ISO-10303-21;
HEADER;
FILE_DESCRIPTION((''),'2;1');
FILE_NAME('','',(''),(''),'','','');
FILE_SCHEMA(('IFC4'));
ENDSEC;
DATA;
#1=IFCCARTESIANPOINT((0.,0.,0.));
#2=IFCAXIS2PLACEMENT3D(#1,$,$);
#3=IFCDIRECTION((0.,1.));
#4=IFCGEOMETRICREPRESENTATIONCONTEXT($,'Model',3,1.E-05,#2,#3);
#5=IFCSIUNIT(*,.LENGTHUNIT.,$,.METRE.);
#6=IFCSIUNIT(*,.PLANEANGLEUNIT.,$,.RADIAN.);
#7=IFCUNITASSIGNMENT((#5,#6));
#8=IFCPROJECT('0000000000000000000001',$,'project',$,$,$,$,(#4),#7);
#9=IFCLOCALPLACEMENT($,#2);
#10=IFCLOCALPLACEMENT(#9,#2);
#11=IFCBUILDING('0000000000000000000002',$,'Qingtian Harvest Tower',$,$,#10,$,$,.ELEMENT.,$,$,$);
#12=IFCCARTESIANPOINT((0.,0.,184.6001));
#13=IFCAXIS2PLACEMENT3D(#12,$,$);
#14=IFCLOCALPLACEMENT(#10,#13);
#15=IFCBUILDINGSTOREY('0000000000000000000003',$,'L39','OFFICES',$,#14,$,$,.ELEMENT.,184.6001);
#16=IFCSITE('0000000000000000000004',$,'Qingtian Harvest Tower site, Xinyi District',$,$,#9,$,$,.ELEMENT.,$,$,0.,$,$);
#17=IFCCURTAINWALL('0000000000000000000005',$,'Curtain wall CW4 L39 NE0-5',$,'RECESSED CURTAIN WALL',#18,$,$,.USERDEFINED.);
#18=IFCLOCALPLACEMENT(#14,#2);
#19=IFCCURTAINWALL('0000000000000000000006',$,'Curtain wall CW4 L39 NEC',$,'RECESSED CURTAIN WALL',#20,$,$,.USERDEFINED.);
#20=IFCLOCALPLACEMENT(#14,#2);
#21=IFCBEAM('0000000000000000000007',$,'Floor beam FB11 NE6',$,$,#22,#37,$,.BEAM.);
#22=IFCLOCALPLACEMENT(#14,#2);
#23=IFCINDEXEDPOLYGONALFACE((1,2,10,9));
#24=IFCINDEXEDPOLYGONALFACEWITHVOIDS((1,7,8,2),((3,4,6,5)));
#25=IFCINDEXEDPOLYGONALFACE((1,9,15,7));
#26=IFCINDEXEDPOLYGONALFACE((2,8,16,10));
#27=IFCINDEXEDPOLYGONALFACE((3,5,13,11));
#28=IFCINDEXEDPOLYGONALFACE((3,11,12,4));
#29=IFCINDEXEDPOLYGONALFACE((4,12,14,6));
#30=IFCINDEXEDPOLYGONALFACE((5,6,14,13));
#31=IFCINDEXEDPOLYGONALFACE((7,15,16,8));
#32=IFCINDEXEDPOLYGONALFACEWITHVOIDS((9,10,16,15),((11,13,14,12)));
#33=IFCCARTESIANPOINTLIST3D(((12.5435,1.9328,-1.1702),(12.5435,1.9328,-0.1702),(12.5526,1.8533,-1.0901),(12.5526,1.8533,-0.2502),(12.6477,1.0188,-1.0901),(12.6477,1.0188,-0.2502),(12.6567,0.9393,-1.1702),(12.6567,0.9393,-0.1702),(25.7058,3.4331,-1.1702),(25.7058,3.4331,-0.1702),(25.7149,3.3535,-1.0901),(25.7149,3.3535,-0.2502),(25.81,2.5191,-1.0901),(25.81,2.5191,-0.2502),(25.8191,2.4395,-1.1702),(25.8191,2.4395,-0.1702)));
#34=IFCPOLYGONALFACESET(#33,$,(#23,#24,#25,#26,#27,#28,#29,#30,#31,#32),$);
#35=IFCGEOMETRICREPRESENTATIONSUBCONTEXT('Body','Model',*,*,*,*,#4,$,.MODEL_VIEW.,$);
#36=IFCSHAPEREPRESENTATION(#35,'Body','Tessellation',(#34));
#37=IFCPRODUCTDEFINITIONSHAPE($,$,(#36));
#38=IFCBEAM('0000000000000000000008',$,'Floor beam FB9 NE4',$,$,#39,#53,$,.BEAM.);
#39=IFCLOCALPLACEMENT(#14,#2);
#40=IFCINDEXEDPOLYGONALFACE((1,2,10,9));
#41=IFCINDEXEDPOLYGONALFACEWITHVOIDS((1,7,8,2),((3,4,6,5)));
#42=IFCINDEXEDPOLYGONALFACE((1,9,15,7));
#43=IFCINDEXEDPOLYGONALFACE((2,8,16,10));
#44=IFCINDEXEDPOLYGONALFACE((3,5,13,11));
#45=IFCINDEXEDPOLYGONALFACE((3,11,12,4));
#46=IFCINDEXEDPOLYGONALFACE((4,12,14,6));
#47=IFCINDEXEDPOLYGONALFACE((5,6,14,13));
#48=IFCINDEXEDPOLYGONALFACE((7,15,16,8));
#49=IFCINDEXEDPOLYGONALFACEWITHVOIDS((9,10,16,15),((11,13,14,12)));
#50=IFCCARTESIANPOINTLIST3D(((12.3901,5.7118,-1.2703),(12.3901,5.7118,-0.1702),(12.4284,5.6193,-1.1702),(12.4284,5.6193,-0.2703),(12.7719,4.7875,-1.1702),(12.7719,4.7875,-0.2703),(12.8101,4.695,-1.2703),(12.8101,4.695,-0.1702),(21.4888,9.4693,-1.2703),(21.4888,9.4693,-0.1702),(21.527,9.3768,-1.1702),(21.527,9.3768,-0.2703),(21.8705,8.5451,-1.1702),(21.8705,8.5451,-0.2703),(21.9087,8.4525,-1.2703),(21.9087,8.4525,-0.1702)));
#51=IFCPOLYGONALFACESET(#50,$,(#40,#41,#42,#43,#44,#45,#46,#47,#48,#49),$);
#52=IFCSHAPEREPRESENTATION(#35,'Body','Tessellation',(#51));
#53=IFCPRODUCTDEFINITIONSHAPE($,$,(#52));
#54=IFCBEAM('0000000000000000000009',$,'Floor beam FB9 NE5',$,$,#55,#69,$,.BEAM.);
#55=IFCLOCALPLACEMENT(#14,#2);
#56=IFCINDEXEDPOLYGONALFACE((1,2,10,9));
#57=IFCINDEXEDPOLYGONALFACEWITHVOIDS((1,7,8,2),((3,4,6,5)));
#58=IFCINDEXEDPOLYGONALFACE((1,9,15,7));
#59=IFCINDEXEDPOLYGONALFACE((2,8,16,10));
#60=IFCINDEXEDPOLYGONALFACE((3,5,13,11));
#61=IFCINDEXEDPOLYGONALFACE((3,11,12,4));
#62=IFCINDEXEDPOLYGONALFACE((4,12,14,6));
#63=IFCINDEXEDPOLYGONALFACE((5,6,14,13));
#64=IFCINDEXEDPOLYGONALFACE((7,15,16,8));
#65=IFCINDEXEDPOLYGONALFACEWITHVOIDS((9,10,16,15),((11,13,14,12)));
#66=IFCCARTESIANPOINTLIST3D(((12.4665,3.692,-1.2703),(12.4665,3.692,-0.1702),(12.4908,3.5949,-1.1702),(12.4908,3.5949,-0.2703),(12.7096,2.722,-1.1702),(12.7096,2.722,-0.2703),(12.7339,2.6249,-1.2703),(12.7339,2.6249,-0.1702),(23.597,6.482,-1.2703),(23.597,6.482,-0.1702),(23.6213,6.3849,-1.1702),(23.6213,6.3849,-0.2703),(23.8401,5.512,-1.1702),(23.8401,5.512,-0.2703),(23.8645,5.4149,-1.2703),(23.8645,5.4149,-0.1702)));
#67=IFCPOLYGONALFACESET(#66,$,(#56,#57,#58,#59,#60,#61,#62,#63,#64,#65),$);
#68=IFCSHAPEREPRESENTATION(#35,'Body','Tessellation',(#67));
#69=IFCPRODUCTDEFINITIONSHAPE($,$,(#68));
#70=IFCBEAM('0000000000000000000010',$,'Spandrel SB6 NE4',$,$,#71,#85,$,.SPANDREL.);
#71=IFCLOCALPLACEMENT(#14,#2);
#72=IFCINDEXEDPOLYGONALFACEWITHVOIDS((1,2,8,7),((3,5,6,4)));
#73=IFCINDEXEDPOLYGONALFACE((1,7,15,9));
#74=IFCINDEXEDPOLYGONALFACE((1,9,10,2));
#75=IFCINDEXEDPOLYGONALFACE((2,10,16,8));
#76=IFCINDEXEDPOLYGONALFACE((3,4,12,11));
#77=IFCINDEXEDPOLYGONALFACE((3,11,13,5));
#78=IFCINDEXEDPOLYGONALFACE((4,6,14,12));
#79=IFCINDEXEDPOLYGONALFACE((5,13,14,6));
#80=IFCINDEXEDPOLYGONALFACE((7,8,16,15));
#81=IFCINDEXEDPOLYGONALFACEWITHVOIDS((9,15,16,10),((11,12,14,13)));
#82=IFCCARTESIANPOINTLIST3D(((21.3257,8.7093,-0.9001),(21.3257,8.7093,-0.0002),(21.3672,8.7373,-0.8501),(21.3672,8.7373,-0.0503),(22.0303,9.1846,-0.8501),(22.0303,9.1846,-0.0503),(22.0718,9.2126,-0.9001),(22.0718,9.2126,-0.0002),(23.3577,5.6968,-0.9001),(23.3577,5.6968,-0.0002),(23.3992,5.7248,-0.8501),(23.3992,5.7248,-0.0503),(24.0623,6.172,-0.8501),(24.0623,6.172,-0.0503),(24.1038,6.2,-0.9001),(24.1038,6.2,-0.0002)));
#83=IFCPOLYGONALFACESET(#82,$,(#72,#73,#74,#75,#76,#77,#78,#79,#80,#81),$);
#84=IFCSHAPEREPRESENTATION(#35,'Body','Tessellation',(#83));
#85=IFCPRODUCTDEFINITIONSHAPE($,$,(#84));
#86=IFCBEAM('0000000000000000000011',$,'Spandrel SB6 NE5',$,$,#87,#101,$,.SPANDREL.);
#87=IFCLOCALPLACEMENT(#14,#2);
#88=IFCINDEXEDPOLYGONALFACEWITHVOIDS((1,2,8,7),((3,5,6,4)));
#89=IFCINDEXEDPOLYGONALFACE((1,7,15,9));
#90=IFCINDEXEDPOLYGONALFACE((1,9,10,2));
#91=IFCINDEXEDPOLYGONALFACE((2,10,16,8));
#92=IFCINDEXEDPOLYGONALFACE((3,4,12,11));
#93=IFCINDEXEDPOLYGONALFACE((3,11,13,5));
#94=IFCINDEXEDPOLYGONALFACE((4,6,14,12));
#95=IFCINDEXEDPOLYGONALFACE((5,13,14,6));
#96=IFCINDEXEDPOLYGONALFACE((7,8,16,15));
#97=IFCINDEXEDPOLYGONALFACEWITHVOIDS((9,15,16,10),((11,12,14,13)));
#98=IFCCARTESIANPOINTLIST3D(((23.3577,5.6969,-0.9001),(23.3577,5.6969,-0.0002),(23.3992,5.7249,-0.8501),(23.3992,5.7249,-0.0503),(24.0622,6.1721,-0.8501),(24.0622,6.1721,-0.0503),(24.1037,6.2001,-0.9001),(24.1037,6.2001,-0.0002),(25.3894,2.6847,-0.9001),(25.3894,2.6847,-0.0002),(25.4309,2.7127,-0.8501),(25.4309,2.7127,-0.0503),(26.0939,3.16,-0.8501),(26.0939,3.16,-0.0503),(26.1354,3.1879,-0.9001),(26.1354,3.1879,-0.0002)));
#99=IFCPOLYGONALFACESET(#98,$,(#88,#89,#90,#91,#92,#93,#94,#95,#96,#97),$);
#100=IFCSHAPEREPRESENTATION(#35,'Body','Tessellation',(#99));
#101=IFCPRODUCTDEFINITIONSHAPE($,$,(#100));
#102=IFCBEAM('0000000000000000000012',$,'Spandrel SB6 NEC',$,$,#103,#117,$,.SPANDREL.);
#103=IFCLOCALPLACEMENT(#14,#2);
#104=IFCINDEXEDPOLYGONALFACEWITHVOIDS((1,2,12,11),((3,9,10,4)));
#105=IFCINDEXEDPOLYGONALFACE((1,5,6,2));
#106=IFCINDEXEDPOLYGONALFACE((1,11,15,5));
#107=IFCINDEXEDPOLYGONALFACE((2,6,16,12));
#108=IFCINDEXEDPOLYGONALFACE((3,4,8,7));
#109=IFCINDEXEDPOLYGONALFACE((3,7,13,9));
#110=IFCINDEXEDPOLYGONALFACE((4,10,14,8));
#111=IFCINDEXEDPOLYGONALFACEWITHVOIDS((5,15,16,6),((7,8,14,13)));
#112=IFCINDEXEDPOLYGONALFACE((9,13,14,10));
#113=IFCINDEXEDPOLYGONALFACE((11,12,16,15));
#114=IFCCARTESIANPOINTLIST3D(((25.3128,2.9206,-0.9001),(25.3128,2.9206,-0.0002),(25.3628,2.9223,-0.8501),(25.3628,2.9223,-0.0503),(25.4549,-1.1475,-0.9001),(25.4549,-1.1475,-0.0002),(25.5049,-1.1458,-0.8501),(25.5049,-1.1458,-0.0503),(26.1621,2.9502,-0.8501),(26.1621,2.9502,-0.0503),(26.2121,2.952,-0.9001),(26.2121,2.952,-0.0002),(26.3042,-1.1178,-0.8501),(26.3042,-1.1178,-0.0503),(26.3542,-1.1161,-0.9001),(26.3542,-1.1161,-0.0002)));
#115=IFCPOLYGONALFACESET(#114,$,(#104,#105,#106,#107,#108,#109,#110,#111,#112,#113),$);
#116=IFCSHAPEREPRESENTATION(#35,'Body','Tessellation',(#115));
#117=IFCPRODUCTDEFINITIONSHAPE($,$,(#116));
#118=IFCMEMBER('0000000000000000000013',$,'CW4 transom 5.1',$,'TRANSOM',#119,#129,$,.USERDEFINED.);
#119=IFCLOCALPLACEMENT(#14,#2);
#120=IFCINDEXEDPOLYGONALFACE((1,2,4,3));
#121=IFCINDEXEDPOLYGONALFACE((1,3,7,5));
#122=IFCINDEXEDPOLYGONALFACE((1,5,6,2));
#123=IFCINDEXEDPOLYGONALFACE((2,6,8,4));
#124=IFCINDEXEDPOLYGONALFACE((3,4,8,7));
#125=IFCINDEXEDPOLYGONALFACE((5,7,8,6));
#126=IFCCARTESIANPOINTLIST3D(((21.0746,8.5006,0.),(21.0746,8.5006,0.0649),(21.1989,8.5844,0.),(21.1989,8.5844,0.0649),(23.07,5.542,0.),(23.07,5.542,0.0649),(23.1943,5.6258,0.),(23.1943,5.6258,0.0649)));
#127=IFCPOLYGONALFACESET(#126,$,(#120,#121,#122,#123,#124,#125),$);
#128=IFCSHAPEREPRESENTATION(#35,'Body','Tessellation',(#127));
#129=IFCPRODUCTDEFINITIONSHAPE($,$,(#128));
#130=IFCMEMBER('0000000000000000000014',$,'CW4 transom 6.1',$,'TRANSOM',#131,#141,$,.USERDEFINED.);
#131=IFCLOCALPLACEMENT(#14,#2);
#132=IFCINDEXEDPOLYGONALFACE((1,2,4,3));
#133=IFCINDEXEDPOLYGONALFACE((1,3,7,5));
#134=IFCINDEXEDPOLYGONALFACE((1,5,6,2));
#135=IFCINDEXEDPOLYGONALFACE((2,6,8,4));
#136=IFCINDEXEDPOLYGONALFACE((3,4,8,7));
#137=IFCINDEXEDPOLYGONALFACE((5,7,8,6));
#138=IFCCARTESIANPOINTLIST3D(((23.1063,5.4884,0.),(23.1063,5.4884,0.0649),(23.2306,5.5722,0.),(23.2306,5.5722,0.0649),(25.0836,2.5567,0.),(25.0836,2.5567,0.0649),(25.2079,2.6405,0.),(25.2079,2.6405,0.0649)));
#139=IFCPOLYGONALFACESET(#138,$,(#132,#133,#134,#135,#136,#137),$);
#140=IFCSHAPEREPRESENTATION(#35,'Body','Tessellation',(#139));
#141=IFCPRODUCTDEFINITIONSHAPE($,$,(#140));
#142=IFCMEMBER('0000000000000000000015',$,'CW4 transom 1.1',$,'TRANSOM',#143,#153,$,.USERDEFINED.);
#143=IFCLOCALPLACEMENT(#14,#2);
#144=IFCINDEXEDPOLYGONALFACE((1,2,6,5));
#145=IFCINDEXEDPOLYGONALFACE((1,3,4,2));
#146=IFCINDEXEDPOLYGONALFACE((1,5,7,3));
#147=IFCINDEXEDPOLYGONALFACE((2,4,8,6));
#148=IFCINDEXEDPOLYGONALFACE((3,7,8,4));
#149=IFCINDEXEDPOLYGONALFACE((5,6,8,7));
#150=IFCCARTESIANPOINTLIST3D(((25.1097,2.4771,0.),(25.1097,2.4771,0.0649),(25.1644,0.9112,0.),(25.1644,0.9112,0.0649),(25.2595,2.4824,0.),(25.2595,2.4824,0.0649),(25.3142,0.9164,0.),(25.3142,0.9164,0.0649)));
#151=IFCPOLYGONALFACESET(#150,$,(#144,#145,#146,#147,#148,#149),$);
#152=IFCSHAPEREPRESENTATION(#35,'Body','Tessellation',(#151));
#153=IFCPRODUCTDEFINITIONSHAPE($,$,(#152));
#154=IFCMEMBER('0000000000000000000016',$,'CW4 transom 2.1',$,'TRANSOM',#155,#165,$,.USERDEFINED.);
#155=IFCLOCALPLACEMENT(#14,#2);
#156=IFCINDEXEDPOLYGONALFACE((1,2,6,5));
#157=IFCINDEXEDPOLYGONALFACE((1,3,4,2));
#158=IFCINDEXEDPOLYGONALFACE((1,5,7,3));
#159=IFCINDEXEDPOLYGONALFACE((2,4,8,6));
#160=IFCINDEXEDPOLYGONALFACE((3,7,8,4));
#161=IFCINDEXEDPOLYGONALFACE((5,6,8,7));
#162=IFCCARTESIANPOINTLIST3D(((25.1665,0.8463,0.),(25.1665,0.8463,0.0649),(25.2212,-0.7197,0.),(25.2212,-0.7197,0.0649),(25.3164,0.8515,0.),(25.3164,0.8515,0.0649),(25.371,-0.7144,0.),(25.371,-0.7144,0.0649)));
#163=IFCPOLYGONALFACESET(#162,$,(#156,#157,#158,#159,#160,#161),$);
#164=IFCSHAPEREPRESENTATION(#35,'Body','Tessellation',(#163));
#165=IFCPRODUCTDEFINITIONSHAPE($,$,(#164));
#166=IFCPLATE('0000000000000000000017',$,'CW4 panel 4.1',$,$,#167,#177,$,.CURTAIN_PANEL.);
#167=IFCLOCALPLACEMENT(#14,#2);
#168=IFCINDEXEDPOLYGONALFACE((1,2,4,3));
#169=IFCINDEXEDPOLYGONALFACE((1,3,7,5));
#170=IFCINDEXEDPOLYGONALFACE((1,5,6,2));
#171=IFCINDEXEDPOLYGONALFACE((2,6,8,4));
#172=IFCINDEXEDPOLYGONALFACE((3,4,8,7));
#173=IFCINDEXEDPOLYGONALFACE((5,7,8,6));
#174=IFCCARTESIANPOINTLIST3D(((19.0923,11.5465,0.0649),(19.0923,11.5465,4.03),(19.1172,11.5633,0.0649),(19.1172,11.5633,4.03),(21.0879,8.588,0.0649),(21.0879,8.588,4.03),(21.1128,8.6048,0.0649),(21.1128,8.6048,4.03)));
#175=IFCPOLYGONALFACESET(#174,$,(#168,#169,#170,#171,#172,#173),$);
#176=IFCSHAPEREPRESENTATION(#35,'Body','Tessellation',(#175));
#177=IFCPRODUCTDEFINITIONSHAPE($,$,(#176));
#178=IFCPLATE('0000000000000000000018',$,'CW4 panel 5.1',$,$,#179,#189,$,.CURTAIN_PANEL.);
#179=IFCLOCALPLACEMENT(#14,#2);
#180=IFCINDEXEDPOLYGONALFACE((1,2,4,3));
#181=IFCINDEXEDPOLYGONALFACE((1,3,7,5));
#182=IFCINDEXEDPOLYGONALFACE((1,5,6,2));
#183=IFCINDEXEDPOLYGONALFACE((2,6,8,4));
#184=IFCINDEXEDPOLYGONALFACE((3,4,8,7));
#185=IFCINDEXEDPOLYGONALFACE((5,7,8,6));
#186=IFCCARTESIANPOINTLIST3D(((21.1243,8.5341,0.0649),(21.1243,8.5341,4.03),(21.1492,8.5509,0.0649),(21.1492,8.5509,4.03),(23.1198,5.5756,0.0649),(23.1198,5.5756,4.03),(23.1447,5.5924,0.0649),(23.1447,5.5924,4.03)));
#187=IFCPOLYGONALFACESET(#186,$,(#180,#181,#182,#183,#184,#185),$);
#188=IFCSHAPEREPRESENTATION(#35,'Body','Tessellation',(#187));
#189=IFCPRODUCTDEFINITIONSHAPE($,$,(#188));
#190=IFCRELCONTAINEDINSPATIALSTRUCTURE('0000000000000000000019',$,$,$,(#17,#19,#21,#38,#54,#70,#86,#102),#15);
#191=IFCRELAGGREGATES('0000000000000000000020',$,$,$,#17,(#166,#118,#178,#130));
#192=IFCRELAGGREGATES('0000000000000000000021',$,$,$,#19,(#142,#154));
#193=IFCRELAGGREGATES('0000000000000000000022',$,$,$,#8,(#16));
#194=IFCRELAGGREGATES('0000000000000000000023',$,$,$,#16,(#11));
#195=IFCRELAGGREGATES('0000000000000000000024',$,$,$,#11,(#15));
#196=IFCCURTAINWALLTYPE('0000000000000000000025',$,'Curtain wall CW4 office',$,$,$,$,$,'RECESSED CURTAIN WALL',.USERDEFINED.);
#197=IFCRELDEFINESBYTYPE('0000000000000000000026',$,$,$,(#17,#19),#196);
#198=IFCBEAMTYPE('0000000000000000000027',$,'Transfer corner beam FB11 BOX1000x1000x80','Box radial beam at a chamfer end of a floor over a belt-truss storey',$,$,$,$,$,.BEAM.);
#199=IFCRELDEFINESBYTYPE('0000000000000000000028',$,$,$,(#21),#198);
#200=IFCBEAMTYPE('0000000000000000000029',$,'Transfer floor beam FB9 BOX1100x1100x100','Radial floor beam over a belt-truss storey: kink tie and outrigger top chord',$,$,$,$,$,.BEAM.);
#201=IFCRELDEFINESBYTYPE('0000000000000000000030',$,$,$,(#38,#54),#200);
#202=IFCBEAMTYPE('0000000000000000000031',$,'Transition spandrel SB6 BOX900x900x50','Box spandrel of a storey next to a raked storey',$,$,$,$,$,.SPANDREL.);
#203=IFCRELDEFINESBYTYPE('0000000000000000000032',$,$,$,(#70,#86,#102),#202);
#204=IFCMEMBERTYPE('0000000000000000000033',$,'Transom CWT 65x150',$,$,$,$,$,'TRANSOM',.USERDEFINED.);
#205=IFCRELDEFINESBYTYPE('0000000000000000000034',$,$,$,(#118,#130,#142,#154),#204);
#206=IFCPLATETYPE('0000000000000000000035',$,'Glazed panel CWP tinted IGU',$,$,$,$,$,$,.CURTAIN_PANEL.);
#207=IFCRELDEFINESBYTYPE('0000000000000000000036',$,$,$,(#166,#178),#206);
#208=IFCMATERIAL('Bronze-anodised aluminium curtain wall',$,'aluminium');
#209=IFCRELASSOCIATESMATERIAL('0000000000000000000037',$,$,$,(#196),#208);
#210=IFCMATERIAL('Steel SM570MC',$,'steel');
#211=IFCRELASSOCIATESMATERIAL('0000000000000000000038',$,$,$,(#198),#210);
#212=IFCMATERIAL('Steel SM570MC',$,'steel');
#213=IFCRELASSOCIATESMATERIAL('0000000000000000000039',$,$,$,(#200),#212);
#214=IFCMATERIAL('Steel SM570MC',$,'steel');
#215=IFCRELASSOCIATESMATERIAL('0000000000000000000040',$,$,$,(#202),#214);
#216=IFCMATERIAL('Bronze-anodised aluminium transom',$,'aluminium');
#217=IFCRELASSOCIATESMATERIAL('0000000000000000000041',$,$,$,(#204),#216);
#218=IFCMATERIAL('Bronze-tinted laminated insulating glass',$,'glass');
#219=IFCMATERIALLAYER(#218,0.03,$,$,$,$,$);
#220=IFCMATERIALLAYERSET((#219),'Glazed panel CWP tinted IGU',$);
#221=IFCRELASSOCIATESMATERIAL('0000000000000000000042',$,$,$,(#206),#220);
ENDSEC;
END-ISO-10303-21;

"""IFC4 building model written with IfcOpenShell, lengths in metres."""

from ifc_helpers import new_model, si_unit, direction, frame, origin, origin_2d, place, context, subcontext, project, spatial, rectangle, hollow_rectangle, extrude, material, layer, layer_set, material_profile, profile_set, type_object, element, aggregate, save


model = new_model("IFC4")

# Units and contexts
model_context = context("Model", 3, precision=1e-05, world=origin(), true_north=direction((0.0, 1.0)))
body_context = subcontext(model_context, "Body", "Model", "MODEL_VIEW")
ifc_project = project(units=[si_unit("LENGTHUNIT", "METRE"), si_unit("PLANEANGLEUNIT", "RADIAN")], contexts=[model_context])

# Site, building, storey
site_placement = place(None, origin())
site = spatial("IfcSite", under=ifc_project, at=site_placement, Name="Qingtian Harvest Tower site, Xinyi District", CompositionType="ELEMENT", RefElevation=0.0)
building_placement = place(site_placement, origin())
building = spatial("IfcBuilding", under=site, at=building_placement, Name="Qingtian Harvest Tower", CompositionType="ELEMENT")
storey_placement = place(building_placement, frame((0.0, 0.0, 184.6001)))
storey = spatial("IfcBuildingStorey", under=building, at=storey_placement, Name="L39", Description="OFFICES", CompositionType="ELEMENT", Elevation=184.6001)

# Curtain walls
ifc_material_1 = material(Name="Bronze-anodised aluminium curtain wall", Category="aluminium")
curtain_wall_type = type_object("IfcCurtainWallType", Name="Curtain wall CW4 office", ElementType="RECESSED CURTAIN WALL", PredefinedType="USERDEFINED", material=ifc_material_1)
curtain_wall_1_placement = place(storey_placement, origin())
curtain_wall_1 = element("IfcCurtainWall", 1, at=curtain_wall_1_placement, inside=storey, type_object=curtain_wall_type, Name="Curtain wall CW4 L39 NE0-5", ObjectType="RECESSED CURTAIN WALL", PredefinedType="USERDEFINED")
curtain_wall_2_placement = place(storey_placement, origin())
curtain_wall_2 = element("IfcCurtainWall", 2, at=curtain_wall_2_placement, inside=storey, type_object=curtain_wall_type, Name="Curtain wall CW4 L39 NEC", ObjectType="RECESSED CURTAIN WALL", PredefinedType="USERDEFINED")

# Beams
ifc_material_2 = material(Name="Steel SM570MC", Category="steel")
ifc_material_profile_1 = material_profile(ifc_material_2, hollow_rectangle(XDim=1.0, YDim=1.0, WallThickness=0.0801, at=origin_2d()), Name="BOX1000x1000x80")
ifc_profile_set_1 = profile_set([ifc_material_profile_1], Name="Steel SM570MC")
beam_type_1 = type_object("IfcBeamType", Name="Transfer corner beam FB11 BOX1000x1000x80", Description="Box radial beam at a chamfer end of a floor over a belt-truss storey", PredefinedType="BEAM", material=ifc_profile_set_1)
beam_1_placement = place(storey_placement, frame((25.7625, 2.9363, -0.6702), z_axis=(-0.993567, -0.113247, 0.0), x_axis=(0.113247, -0.993567, 0.0)))
element("IfcBeam", 3, at=beam_1_placement, inside=storey, type_object=beam_type_1, Name="Floor beam FB11 NE6", PredefinedType="BEAM", context=body_context, shape_type="SweptSolid", body=[
    extrude(hollow_rectangle(XDim=1.0, YDim=1.0, WallThickness=0.0801, at=origin_2d()), origin(), (0.0, 0.0, 1.0), 13.2476),
])
ifc_material_3 = material(Name="Steel SM570MC", Category="steel")
ifc_material_profile_2 = material_profile(ifc_material_3, hollow_rectangle(XDim=1.1001, YDim=1.1001, WallThickness=0.1001, at=origin_2d()), Name="BOX1100x1100x100")
ifc_profile_set_2 = profile_set([ifc_material_profile_2], Name="Steel SM570MC")
beam_type_2 = type_object("IfcBeamType", Name="Transfer floor beam FB9 BOX1100x1100x100", Description="Radial floor beam over a belt-truss storey: kink tie and outrigger top chord", PredefinedType="BEAM", material=ifc_profile_set_2)
beam_2_placement = place(storey_placement, frame((21.6987, 8.9609, -0.7202), z_axis=(-0.924282, -0.381711, 0.0), x_axis=(0.381711, -0.924282, 0.0)))
element("IfcBeam", 4, at=beam_2_placement, inside=storey, type_object=beam_type_2, Name="Floor beam FB9 NE4", PredefinedType="BEAM", context=body_context, shape_type="SweptSolid", body=[
    extrude(hollow_rectangle(XDim=1.1001, YDim=1.1001, WallThickness=0.1001, at=origin_2d()), origin(), (0.0, 0.0, 1.0), 9.844),
])
beam_3_placement = place(storey_placement, frame((23.7307, 5.9485, -0.7202), z_axis=(-0.969991, -0.243141, 0.0), x_axis=(0.243141, -0.969991, 0.0)))
element("IfcBeam", 5, at=beam_3_placement, inside=storey, type_object=beam_type_2, Name="Floor beam FB9 NE5", PredefinedType="BEAM", context=body_context, shape_type="SweptSolid", body=[
    extrude(hollow_rectangle(XDim=1.1001, YDim=1.1001, WallThickness=0.1001, at=origin_2d()), origin(), (0.0, 0.0, 1.0), 11.4749),
])
ifc_material_4 = material(Name="Steel SM570MC", Category="steel")
ifc_material_profile_3 = material_profile(ifc_material_4, hollow_rectangle(XDim=0.8999, YDim=0.8999, WallThickness=0.05, at=origin_2d()), Name="BOX900x900x50")
ifc_profile_set_3 = profile_set([ifc_material_profile_3], Name="Steel SM570MC")
beam_type_3 = type_object("IfcBeamType", Name="Transition spandrel SB6 BOX900x900x50", Description="Box spandrel of a storey next to a raked storey", PredefinedType="SPANDREL", material=ifc_profile_set_3)
beam_4_placement = place(storey_placement, frame((21.6987, 8.9609, -0.4502), z_axis=(0.559204, -0.82903, 0.0), x_axis=(0.82903, 0.559204, 0.0)))
element("IfcBeam", 6, at=beam_4_placement, inside=storey, type_object=beam_type_3, Name="Spandrel SB6 NE4", PredefinedType="SPANDREL", context=body_context, shape_type="SweptSolid", body=[
    extrude(hollow_rectangle(XDim=0.8999, YDim=0.8999, WallThickness=0.05, at=origin_2d()), origin(), (0.0, 0.0, 1.0), 3.6338),
])
beam_5_placement = place(storey_placement, frame((23.7307, 5.9485, -0.4502), z_axis=(0.559189, -0.82904, 0.0), x_axis=(0.82904, 0.559189, 0.0)))
element("IfcBeam", 7, at=beam_5_placement, inside=storey, type_object=beam_type_3, Name="Spandrel SB6 NE5", PredefinedType="SPANDREL", context=body_context, shape_type="SweptSolid", body=[
    extrude(hollow_rectangle(XDim=0.8999, YDim=0.8999, WallThickness=0.05, at=origin_2d()), origin(), (0.0, 0.0, 1.0), 3.6333),
])
beam_6_placement = place(storey_placement, frame((25.7625, 2.9363, -0.4502), z_axis=(0.034906, -0.999391, 0.0), x_axis=(0.999391, 0.034906, 0.0)))
element("IfcBeam", 8, at=beam_6_placement, inside=storey, type_object=beam_type_3, Name="Spandrel SB6 NEC", PredefinedType="SPANDREL", context=body_context, shape_type="SweptSolid", body=[
    extrude(hollow_rectangle(XDim=0.8999, YDim=0.8999, WallThickness=0.05, at=origin_2d()), origin(), (0.0, 0.0, 1.0), 4.0706),
])

# Members
ifc_material_5 = material(Name="Bronze-anodised aluminium transom", Category="aluminium")
ifc_material_profile_4 = material_profile(ifc_material_5, rectangle(XDim=0.1499, YDim=0.0649, at=origin_2d()), Name="AL 65x150")
ifc_profile_set_4 = profile_set([ifc_material_profile_4], Name="Bronze-anodised aluminium transom")
member_type_1 = type_object("IfcMemberType", Name="Transom CWT 65x150", ElementType="TRANSOM", PredefinedType="USERDEFINED", material=ifc_profile_set_4)
member_1_placement = place(storey_placement, frame((21.1367, 8.5425, 0.0325), z_axis=(0.55916, -0.82906, 0.0), x_axis=(0.82906, 0.55916, 0.0)))
member_1 = element("IfcMember", 9, at=member_1_placement, type_object=member_type_1, Name="CW4 transom 5.1", ObjectType="TRANSOM", PredefinedType="USERDEFINED", context=body_context, shape_type="SweptSolid", body=[
    extrude(rectangle(XDim=0.1499, YDim=0.0649, at=origin_2d()), origin(), (0.0, 0.0, 1.0), 3.5686),
])
member_2_placement = place(storey_placement, frame((23.1685, 5.5303, 0.0325), z_axis=(0.559169, -0.829054, 0.0), x_axis=(0.829054, 0.559169, 0.0)))
member_2 = element("IfcMember", 10, at=member_2_placement, type_object=member_type_1, Name="CW4 transom 6.1", ObjectType="TRANSOM", PredefinedType="USERDEFINED", context=body_context, shape_type="SweptSolid", body=[
    extrude(rectangle(XDim=0.1499, YDim=0.0649, at=origin_2d()), origin(), (0.0, 0.0, 1.0), 3.5361),
])
member_3_placement = place(storey_placement, frame((25.1846, 2.4797, 0.0325), z_axis=(0.034902, -0.999391, 0.0), x_axis=(0.999391, 0.034902, 0.0)))
member_3 = element("IfcMember", 11, at=member_3_placement, type_object=member_type_1, Name="CW4 transom 1.1", ObjectType="TRANSOM", PredefinedType="USERDEFINED", context=body_context, shape_type="SweptSolid", body=[
    extrude(rectangle(XDim=0.1499, YDim=0.0649, at=origin_2d()), origin(), (0.0, 0.0, 1.0), 1.5669),
])
member_4_placement = place(storey_placement, frame((25.2415, 0.8489, 0.0325), z_axis=(0.034902, -0.999391, 0.0), x_axis=(0.999391, 0.034902, 0.0)))
member_4 = element("IfcMember", 12, at=member_4_placement, type_object=member_type_1, Name="CW4 transom 2.1", ObjectType="TRANSOM", PredefinedType="USERDEFINED", context=body_context, shape_type="SweptSolid", body=[
    extrude(rectangle(XDim=0.1499, YDim=0.0649, at=origin_2d()), origin(), (0.0, 0.0, 1.0), 1.5669),
])

# Plates
ifc_material_6 = material(Name="Bronze-tinted laminated insulating glass", Category="glass")
ifc_layer_1 = layer(ifc_material_6, 0.03)
ifc_layer_set_1 = layer_set([ifc_layer_1], Name="Glazed panel CWP tinted IGU")
plate_type = type_object("IfcPlateType", Name="Glazed panel CWP tinted IGU", PredefinedType="CURTAIN_PANEL", material=ifc_layer_set_1)
plate_1_placement = place(storey_placement, frame((20.1025, 10.0757, 0.0649), z_axis=(0.0, 0.0, 1.0), x_axis=(0.559193, -0.829038, 0.0)))
plate_1 = element("IfcPlate", 13, at=plate_1_placement, type_object=plate_type, Name="CW4 panel 4.1", PredefinedType="CURTAIN_PANEL", context=body_context, shape_type="SweptSolid", body=[
    extrude(rectangle(XDim=3.5686, YDim=0.03, at=origin_2d()), origin(), (0.0, 0.0, 1.0), 3.9651),
])
plate_2_placement = place(storey_placement, frame((22.1345, 7.0632, 0.0649), z_axis=(0.0, 0.0, 1.0), x_axis=(0.559193, -0.829038, 0.0)))
plate_2 = element("IfcPlate", 14, at=plate_2_placement, type_object=plate_type, Name="CW4 panel 5.1", PredefinedType="CURTAIN_PANEL", context=body_context, shape_type="SweptSolid", body=[
    extrude(rectangle(XDim=3.5686, YDim=0.03, at=origin_2d()), origin(), (0.0, 0.0, 1.0), 3.9651),
])
aggregate(curtain_wall_1, [plate_1, member_1, plate_2, member_2])
aggregate(curtain_wall_2, [member_3, member_4])

save(model, "model.ifc")
